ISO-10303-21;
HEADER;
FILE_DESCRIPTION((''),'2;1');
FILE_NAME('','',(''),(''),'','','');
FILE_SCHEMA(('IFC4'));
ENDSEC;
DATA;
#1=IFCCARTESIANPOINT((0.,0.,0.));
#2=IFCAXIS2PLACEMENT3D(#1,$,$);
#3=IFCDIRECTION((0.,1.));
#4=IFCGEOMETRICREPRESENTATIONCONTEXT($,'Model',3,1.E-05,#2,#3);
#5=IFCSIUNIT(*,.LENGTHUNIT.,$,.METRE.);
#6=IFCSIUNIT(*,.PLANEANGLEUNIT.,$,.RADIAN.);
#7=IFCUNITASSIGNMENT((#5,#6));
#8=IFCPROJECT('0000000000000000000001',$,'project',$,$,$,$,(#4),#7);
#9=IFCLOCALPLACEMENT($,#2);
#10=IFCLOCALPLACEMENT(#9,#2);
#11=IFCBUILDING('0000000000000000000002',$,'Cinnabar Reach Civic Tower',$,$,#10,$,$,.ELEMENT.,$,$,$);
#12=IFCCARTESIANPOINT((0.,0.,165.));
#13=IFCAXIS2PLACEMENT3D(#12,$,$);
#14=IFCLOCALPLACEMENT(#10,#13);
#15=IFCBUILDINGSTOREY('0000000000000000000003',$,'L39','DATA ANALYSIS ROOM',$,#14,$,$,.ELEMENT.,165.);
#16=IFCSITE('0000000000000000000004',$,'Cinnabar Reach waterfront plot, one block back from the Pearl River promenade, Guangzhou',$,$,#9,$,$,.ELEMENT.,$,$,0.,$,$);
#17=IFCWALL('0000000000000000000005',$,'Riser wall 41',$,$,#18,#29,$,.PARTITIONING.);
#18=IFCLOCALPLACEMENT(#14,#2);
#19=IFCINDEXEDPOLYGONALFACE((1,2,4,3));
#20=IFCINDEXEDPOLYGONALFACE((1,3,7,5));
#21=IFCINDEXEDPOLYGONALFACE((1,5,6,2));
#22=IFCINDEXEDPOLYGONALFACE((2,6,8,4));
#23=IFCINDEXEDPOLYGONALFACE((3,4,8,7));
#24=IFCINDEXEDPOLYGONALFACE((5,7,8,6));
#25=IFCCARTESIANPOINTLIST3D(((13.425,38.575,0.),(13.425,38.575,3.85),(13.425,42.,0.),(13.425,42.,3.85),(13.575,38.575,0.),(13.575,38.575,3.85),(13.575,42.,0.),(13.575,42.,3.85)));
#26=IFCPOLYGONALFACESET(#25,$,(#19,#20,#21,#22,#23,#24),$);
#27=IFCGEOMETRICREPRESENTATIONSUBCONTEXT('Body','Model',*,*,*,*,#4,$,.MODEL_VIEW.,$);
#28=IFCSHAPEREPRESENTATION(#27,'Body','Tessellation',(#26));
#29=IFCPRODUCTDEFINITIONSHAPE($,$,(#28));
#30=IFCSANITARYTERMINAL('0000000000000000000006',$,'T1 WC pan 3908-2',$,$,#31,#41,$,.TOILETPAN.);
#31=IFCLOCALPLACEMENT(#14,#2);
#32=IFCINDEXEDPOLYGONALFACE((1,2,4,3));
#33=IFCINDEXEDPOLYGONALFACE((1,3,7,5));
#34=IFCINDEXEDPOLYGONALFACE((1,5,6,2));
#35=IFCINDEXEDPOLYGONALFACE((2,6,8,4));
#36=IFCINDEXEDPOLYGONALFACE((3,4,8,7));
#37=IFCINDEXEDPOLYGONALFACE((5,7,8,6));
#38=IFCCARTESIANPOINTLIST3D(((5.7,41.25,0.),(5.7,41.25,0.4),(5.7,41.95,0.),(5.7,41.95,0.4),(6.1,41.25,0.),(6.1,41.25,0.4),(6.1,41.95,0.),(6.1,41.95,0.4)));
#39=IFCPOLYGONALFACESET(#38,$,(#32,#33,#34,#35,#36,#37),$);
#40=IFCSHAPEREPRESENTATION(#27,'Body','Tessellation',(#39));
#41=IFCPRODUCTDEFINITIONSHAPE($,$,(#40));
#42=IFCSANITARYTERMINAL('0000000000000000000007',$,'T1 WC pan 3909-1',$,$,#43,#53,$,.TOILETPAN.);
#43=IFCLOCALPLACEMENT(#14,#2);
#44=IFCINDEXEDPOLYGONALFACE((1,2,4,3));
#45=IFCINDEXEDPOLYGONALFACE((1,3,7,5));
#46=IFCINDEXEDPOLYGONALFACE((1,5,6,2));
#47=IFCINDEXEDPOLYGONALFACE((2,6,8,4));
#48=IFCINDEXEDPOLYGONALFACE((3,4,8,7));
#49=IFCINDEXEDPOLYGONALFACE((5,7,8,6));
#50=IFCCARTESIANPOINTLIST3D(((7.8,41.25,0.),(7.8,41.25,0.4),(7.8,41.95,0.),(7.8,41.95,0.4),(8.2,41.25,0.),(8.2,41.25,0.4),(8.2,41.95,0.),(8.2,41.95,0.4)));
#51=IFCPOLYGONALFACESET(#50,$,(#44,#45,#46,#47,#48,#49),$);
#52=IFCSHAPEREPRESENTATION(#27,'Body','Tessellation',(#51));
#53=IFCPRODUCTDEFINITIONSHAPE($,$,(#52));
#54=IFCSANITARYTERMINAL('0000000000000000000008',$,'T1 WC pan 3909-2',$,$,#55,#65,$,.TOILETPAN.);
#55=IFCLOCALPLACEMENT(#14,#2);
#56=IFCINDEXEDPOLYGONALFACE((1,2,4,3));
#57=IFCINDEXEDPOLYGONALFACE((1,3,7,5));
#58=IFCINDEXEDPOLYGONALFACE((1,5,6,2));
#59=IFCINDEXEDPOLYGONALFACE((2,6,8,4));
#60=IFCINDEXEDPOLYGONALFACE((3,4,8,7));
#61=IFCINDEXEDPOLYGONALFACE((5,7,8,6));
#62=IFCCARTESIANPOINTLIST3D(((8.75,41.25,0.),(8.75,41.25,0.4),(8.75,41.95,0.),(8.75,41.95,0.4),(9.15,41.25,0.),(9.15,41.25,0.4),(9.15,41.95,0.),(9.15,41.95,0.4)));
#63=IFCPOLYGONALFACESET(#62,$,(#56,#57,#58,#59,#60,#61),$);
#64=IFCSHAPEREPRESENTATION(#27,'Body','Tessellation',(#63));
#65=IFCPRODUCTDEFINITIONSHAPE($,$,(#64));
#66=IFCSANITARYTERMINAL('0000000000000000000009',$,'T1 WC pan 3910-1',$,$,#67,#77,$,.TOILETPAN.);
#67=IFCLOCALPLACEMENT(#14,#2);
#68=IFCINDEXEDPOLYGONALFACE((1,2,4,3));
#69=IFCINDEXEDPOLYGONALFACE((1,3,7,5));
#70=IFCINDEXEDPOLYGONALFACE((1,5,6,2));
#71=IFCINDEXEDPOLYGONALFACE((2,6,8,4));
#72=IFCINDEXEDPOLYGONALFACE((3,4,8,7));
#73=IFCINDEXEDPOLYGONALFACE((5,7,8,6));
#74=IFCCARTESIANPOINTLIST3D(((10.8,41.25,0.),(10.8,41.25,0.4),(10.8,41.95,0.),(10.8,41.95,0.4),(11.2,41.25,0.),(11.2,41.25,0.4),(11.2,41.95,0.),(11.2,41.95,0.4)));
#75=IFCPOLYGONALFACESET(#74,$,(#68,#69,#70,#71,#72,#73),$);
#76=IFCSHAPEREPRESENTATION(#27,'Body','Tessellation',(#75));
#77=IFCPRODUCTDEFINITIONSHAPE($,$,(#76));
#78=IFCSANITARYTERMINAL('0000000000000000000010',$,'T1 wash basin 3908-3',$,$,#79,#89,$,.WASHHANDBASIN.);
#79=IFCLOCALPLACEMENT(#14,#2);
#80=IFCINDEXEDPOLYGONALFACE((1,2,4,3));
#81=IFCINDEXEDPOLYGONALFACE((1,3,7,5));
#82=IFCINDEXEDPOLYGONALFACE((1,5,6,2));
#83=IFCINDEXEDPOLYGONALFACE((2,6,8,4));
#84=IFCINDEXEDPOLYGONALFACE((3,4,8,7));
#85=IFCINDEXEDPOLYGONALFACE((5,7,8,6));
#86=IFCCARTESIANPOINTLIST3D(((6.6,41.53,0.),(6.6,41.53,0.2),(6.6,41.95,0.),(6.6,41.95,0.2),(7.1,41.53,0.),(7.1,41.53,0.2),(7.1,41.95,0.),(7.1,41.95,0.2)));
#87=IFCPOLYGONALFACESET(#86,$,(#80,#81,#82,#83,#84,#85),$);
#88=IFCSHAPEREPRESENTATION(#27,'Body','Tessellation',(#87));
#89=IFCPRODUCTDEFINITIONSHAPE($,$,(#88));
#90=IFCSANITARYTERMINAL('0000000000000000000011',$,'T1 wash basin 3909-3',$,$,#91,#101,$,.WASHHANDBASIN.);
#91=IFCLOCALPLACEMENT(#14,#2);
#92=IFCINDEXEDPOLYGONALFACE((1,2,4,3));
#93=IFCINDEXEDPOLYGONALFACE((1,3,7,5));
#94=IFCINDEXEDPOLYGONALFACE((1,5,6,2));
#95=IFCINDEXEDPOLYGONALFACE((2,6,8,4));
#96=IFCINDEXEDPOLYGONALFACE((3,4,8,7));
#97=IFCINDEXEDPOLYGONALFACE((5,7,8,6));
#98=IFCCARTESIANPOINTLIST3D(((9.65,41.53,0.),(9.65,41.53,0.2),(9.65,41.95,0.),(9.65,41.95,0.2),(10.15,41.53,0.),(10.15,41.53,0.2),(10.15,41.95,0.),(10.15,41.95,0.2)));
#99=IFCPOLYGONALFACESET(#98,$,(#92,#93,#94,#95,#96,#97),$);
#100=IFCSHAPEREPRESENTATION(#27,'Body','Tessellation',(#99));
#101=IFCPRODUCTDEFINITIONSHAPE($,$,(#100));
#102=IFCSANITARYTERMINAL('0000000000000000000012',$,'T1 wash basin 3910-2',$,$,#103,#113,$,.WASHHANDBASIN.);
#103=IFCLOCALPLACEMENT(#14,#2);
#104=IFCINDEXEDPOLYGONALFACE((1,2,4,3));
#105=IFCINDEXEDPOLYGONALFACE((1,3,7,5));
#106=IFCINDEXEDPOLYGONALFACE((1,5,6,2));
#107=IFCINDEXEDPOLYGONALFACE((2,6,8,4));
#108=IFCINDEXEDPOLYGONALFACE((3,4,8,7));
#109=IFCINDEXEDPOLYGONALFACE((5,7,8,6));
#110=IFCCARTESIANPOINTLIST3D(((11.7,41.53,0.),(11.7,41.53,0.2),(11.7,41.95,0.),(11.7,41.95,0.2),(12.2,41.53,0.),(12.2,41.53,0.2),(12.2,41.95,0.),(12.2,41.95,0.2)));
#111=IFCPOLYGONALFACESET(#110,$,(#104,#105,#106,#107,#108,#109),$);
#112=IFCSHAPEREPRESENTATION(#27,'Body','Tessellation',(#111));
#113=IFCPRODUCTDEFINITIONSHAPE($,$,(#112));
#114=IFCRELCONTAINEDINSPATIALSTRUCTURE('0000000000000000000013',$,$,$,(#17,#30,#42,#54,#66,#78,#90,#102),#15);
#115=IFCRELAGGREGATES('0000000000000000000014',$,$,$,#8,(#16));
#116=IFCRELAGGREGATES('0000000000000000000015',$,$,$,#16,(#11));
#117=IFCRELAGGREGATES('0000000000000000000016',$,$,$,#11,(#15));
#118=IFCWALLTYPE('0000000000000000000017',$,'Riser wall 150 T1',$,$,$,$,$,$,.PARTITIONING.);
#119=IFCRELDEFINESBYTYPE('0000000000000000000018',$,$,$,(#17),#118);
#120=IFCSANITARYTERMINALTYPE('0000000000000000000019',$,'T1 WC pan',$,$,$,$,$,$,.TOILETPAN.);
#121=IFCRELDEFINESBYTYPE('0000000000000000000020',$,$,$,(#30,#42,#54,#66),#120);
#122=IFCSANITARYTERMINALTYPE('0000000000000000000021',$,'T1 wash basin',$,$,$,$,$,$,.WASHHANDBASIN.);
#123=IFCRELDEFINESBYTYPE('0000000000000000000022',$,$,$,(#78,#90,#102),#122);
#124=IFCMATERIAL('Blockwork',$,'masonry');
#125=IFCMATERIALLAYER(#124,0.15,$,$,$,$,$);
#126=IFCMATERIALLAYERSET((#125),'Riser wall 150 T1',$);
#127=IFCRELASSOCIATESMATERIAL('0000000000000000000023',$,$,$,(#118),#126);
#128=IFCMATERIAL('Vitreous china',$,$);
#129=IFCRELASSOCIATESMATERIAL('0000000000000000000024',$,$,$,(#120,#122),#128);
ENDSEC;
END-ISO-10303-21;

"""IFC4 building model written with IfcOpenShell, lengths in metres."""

from ifc_helpers import new_model, si_unit, direction, frame, frame_2d, origin, origin_2d, place, context, subcontext, project, spatial, rectangle, extrude, material, layer, layer_set, type_object, element, save


model = new_model("IFC4")

# Units and contexts
model_context = context("Model", 3, precision=1e-05, world=origin(), true_north=direction((0.0, 1.0)))
body_context = subcontext(model_context, "Body", "Model", "MODEL_VIEW")
ifc_project = project(units=[si_unit("LENGTHUNIT", "METRE"), si_unit("PLANEANGLEUNIT", "RADIAN")], contexts=[model_context])

# Site, building, storey
site_placement = place(None, origin())
site = spatial("IfcSite", under=ifc_project, at=site_placement, Name="Cinnabar Reach waterfront plot, one block back from the Pearl River promenade, Guangzhou", CompositionType="ELEMENT", RefElevation=0.0)
building_placement = place(site_placement, origin())
building = spatial("IfcBuilding", under=site, at=building_placement, Name="Cinnabar Reach Civic Tower", CompositionType="ELEMENT")
storey_placement = place(building_placement, frame((0.0, 0.0, 165.0)))
storey = spatial("IfcBuildingStorey", under=building, at=storey_placement, Name="L39", Description="DATA ANALYSIS ROOM", CompositionType="ELEMENT", Elevation=165.0)

# Shared definitions
ifc_material_1 = material(Name="Blockwork", Category="masonry")

# Wall
ifc_layer_1 = layer(ifc_material_1, 0.15)
ifc_layer_set_1 = layer_set([ifc_layer_1], Name="Riser wall 150 T1")
wall_type_1 = type_object("IfcWallType", Name="Riser wall 150 T1", PredefinedType="PARTITIONING", material=ifc_layer_set_1)
wall_1_placement = place(storey_placement, frame((13.5, 38.575, 0.0), z_axis=(0.0, 0.0, 1.0), x_axis=(0.0, 1.0, 0.0)))
element("IfcWall", 1, at=wall_1_placement, inside=storey, type_object=wall_type_1, Name="Riser wall 41", PredefinedType="PARTITIONING", context=body_context, shape_type="SweptSolid", body=[
    extrude(rectangle(XDim=3.425, YDim=0.15, at=frame_2d((1.7125, 0.0))), origin(), (0.0, 0.0, 1.0), 3.85),
])

# Sanitary terminals
ifc_material_2 = material(Name="Vitreous china")
sanitary_terminal_type_1 = type_object("IfcSanitaryTerminalType", Name="T1 WC pan", PredefinedType="TOILETPAN", material=ifc_material_2)
for number, where, z_axis, x_axis, name in (
    (2, (5.9, 41.6, 0.0), (0.0, 0.0, 1.0), (1.0, 0.0, 0.0), "T1 WC pan 3908-2"),
    (3, (8.0, 41.6, 0.0), (0.0, 0.0, 1.0), (1.0, 0.0, 0.0), "T1 WC pan 3909-1"),
    (4, (8.95, 41.6, 0.0), (0.0, 0.0, 1.0), (1.0, 0.0, 0.0), "T1 WC pan 3909-2"),
    (5, (11.0, 41.6, 0.0), (0.0, 0.0, 1.0), (1.0, 0.0, 0.0), "T1 WC pan 3910-1"),
):
    element("IfcSanitaryTerminal", number, at=place(storey_placement, frame(where, z_axis=z_axis, x_axis=x_axis)), inside=storey, type_object=sanitary_terminal_type_1, Name=name, PredefinedType="TOILETPAN", context=body_context, shape_type="SweptSolid", body=[
        extrude(rectangle(XDim=0.4, YDim=0.7, at=origin_2d()), origin(), (0.0, 0.0, 1.0), 0.4),
    ])
sanitary_terminal_type_2 = type_object("IfcSanitaryTerminalType", Name="T1 wash basin", PredefinedType="WASHHANDBASIN", material=ifc_material_2)
for number, where, z_axis, x_axis, name in (
    (6, (6.85, 41.74, 0.0), (0.0, 0.0, 1.0), (1.0, 0.0, 0.0), "T1 wash basin 3908-3"),
    (7, (9.9, 41.74, 0.0), (0.0, 0.0, 1.0), (1.0, 0.0, 0.0), "T1 wash basin 3909-3"),
    (8, (11.95, 41.74, 0.0), (0.0, 0.0, 1.0), (1.0, 0.0, 0.0), "T1 wash basin 3910-2"),
):
    element("IfcSanitaryTerminal", number, at=place(storey_placement, frame(where, z_axis=z_axis, x_axis=x_axis)), inside=storey, type_object=sanitary_terminal_type_2, Name=name, PredefinedType="WASHHANDBASIN", context=body_context, shape_type="SweptSolid", body=[
        extrude(rectangle(XDim=0.5, YDim=0.42, at=origin_2d()), origin(), (0.0, 0.0, 1.0), 0.2),
    ])

save(model, "model.ifc")
